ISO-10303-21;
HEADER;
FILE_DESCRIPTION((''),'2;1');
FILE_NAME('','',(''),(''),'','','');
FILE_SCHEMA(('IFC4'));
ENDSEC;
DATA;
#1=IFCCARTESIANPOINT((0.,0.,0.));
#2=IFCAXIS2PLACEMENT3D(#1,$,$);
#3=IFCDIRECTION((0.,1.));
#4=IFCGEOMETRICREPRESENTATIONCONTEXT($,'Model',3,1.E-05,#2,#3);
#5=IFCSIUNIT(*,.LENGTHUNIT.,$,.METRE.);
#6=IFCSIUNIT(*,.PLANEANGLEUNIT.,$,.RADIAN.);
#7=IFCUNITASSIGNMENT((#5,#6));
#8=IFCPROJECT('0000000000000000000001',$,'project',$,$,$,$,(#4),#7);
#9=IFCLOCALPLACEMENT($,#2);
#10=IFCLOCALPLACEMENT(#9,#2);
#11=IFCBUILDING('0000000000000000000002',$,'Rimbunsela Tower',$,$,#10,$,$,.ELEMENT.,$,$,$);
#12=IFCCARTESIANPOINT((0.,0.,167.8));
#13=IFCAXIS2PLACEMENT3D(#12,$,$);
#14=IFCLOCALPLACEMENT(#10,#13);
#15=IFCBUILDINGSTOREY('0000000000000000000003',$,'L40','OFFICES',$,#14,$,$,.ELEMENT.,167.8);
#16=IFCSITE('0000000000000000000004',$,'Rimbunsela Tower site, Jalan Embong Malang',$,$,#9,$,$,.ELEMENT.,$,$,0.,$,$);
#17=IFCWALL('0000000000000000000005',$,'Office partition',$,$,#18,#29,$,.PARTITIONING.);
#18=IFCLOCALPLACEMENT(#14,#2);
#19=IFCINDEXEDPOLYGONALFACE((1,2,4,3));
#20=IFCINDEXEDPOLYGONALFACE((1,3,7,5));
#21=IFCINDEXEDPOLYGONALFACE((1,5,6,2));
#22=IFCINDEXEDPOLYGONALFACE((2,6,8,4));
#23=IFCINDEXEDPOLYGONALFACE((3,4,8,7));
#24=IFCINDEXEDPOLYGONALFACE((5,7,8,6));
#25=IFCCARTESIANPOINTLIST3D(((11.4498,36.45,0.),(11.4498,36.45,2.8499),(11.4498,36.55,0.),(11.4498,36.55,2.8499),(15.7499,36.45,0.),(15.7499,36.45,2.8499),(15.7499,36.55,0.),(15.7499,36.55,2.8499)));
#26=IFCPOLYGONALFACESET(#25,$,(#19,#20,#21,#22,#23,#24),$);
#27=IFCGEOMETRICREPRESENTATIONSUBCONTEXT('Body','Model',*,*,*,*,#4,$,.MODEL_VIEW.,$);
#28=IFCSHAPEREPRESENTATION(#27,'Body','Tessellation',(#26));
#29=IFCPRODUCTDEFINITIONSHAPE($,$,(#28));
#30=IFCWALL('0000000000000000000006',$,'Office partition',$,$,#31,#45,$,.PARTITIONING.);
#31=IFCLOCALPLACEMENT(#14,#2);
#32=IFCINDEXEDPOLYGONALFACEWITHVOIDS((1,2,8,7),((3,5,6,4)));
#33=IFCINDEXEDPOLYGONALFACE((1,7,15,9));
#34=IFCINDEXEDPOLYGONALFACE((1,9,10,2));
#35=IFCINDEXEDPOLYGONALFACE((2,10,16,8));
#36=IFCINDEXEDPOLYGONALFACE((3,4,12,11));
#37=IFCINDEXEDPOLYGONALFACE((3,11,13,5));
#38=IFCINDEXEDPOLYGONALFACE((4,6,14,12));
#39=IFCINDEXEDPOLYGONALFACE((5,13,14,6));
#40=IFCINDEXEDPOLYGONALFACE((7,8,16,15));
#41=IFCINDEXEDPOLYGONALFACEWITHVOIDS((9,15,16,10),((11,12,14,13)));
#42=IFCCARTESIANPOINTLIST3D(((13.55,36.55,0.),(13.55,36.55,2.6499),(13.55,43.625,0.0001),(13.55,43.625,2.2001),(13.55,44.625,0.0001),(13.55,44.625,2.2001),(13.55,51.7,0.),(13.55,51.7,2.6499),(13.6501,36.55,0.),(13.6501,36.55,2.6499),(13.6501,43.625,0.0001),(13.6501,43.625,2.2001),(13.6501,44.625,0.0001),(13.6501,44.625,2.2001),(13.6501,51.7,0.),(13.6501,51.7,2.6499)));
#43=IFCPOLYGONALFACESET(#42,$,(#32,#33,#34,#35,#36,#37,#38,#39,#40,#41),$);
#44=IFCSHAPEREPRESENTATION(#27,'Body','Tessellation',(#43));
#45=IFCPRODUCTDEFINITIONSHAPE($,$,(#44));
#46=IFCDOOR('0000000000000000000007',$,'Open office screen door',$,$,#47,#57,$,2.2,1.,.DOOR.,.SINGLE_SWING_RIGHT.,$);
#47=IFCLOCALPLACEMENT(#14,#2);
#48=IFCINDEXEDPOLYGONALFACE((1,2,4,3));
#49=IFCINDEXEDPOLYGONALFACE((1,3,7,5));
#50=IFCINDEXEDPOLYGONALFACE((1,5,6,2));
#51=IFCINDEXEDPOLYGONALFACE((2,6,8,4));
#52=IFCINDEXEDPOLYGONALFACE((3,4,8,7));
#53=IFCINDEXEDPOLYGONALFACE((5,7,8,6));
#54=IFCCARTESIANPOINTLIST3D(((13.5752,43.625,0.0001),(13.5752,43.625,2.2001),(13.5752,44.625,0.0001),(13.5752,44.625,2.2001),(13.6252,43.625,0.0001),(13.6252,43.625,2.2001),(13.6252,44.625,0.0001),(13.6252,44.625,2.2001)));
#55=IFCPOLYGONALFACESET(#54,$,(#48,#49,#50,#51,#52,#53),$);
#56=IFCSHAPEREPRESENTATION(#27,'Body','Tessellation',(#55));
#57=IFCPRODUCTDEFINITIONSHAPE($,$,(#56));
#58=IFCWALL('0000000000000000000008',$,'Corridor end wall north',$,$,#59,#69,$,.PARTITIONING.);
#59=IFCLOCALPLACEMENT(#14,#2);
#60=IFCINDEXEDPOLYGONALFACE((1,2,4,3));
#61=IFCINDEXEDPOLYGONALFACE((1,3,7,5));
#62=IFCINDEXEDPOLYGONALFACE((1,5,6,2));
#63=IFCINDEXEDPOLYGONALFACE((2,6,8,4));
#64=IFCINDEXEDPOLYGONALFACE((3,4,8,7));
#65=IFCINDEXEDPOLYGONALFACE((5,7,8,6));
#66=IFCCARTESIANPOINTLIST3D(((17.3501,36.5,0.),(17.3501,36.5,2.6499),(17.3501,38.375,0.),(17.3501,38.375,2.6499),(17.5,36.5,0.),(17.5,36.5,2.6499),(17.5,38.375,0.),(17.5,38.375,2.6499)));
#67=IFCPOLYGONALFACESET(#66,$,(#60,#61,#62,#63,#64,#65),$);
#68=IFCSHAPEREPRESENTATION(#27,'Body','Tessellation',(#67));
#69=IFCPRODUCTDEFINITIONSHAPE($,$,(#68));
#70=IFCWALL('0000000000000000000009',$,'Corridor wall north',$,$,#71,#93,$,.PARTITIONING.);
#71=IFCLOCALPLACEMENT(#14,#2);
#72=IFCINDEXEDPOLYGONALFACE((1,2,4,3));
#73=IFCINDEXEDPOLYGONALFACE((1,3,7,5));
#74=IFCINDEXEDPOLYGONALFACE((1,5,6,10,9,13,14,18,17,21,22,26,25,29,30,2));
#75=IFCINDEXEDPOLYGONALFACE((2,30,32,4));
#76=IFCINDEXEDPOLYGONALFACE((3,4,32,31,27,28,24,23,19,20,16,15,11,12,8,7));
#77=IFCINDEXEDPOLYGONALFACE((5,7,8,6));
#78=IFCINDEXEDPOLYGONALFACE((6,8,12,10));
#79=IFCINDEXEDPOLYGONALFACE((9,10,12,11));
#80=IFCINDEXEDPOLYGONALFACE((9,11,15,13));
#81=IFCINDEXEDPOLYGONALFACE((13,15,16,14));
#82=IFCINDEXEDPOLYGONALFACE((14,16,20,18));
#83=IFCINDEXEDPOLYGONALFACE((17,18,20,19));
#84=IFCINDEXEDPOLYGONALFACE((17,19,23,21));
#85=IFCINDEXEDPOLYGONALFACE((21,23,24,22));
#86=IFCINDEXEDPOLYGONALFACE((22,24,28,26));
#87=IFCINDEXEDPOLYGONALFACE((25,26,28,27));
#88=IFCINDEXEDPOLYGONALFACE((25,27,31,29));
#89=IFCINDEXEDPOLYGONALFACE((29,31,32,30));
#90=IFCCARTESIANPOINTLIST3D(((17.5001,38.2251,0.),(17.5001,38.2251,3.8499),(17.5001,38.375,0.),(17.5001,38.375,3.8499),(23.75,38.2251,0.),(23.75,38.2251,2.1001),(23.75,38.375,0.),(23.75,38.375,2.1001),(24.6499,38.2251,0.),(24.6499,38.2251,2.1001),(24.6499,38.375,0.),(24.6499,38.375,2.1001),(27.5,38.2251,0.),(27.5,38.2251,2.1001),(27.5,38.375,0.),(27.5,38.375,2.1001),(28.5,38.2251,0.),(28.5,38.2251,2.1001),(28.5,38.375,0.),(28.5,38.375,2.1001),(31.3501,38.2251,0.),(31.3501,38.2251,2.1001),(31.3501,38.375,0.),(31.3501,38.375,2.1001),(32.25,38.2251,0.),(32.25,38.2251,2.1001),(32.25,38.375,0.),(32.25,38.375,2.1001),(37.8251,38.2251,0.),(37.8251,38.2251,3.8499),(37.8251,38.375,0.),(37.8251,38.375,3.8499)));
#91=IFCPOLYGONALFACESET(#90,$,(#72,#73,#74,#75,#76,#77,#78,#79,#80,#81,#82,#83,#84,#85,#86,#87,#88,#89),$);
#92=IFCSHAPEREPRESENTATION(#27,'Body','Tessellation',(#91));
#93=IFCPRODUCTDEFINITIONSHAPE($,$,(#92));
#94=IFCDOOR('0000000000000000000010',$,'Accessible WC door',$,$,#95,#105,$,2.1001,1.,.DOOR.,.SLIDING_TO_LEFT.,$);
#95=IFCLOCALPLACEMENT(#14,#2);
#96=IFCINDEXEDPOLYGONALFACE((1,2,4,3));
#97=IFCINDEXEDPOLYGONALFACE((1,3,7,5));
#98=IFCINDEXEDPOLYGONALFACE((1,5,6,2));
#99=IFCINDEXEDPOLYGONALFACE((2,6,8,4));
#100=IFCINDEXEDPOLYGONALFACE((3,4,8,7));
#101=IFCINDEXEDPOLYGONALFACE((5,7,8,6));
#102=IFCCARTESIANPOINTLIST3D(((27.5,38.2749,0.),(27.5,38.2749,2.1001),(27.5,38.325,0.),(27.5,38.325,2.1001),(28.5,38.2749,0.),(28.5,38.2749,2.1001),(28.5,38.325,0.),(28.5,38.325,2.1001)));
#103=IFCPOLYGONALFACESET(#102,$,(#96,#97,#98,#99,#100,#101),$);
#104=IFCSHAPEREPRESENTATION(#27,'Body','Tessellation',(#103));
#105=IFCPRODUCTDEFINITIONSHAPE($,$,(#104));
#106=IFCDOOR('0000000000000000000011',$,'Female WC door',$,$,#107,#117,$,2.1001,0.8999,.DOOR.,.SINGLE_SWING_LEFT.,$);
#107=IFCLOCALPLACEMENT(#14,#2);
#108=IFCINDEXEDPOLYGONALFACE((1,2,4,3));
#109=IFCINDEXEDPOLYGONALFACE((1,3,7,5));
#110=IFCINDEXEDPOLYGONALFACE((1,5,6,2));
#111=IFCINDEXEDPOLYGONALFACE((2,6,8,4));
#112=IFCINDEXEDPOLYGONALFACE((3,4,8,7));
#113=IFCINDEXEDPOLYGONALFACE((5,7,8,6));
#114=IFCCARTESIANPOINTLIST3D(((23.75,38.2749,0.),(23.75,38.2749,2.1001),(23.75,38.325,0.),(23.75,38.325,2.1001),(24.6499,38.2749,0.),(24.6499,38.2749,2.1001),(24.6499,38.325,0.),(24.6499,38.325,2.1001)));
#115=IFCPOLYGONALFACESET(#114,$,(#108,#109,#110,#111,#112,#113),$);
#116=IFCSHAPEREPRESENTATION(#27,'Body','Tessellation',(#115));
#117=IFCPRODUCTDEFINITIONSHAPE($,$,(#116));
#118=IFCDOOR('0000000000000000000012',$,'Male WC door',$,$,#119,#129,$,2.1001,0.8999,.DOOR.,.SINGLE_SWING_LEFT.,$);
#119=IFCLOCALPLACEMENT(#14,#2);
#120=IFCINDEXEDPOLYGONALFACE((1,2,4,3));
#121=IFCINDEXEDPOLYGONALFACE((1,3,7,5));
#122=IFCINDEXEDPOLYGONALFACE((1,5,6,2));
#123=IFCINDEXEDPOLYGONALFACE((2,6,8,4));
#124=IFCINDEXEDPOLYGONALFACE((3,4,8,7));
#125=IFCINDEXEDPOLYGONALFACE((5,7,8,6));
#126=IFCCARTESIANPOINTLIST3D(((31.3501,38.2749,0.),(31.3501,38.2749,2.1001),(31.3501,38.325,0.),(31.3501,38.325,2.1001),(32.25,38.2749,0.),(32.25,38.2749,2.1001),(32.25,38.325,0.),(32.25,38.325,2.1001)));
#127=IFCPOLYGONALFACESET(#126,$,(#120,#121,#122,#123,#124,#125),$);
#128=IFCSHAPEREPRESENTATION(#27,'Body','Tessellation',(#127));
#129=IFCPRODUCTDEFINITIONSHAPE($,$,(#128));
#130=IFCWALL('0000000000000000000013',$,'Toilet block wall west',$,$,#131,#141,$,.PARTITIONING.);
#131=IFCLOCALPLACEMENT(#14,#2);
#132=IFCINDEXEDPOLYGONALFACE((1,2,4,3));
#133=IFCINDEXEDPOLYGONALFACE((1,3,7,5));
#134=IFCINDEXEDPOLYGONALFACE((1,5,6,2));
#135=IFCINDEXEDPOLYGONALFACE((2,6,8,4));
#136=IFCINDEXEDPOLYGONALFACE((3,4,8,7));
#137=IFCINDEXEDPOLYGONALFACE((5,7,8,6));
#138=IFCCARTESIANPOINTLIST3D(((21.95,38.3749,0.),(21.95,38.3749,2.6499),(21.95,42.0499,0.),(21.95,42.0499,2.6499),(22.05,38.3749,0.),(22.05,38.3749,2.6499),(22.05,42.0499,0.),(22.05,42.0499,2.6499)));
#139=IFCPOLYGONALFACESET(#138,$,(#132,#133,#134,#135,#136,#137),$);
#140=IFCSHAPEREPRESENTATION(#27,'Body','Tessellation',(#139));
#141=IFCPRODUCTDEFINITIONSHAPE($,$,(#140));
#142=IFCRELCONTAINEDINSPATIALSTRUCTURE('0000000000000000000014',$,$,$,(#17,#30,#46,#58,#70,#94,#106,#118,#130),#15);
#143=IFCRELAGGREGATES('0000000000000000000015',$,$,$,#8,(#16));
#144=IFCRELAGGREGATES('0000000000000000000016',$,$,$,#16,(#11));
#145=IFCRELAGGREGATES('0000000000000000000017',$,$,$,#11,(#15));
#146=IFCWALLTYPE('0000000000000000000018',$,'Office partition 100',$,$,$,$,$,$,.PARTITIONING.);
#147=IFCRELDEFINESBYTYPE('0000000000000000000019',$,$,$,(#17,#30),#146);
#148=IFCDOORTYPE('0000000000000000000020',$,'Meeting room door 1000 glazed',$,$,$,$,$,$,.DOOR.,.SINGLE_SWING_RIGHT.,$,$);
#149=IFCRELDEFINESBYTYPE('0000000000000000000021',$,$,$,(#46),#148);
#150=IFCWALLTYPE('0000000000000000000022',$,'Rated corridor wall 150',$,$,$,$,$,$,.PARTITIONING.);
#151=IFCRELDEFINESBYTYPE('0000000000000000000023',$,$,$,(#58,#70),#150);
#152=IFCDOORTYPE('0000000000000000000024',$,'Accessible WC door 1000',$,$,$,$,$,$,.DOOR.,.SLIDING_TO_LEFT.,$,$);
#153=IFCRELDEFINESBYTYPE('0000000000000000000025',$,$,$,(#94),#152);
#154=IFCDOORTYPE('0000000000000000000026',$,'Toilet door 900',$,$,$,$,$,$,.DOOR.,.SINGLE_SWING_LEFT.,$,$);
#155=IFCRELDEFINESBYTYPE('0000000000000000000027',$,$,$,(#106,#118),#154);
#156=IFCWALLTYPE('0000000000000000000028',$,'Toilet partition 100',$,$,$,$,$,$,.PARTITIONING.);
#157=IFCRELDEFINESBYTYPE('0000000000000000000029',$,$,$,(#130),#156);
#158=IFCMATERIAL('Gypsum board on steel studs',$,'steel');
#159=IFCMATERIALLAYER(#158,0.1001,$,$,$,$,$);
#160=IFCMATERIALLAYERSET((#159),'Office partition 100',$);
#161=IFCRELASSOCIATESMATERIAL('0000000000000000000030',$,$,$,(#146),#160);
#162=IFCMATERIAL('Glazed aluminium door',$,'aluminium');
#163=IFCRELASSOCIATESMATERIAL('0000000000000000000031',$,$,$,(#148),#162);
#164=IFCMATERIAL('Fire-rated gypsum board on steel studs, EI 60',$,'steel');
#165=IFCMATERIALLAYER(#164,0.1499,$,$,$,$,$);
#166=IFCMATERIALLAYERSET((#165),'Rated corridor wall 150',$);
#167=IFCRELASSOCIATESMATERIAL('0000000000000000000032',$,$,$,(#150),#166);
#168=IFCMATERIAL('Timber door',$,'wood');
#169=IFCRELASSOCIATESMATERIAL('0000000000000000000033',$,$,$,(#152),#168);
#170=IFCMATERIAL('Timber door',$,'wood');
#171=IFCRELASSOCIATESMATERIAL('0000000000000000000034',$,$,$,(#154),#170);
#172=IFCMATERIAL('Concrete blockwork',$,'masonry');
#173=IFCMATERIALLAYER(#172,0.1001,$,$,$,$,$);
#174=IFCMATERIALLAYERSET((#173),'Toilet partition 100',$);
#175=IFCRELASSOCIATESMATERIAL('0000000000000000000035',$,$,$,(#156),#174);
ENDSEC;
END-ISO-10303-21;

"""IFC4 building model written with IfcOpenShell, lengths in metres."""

from ifc_helpers import new_model, si_unit, direction, frame, frame_2d, origin, place, context, subcontext, project, spatial, rectangle, extrude, material, layer, layer_set, type_object, element, fill, save


model = new_model("IFC4")

# Units and contexts
model_context = context("Model", 3, precision=1e-05, world=origin(), true_north=direction((0.0, 1.0)))
body_context = subcontext(model_context, "Body", "Model", "MODEL_VIEW")
ifc_project = project(units=[si_unit("LENGTHUNIT", "METRE"), si_unit("PLANEANGLEUNIT", "RADIAN")], contexts=[model_context])

# Site, building, storey
site_placement = place(None, origin())
site = spatial("IfcSite", under=ifc_project, at=site_placement, Name="Rimbunsela Tower site, Jalan Embong Malang", CompositionType="ELEMENT", RefElevation=0.0)
building_placement = place(site_placement, origin())
building = spatial("IfcBuilding", under=site, at=building_placement, Name="Rimbunsela Tower", CompositionType="ELEMENT")
storey_placement = place(building_placement, frame((0.0, 0.0, 167.8)))
storey = spatial("IfcBuildingStorey", under=building, at=storey_placement, Name="L40", Description="OFFICES", CompositionType="ELEMENT", Elevation=167.8)

# Wall
ifc_material_1 = material(Name="Gypsum board on steel studs", Category="steel")
ifc_layer_1 = layer(ifc_material_1, 0.1001)
ifc_layer_set_1 = layer_set([ifc_layer_1], Name="Office partition 100")
wall_type_1 = type_object("IfcWallType", Name="Office partition 100", PredefinedType="PARTITIONING", material=ifc_layer_set_1)
wall_1_placement = place(storey_placement, frame((11.45, 36.5, 0.0), z_axis=(0.0, 0.0, 1.0), x_axis=(1.0, 0.0, 0.0)))
element("IfcWall", 1, at=wall_1_placement, inside=storey, type_object=wall_type_1, Name="Office partition", PredefinedType="PARTITIONING", context=body_context, shape_type="SweptSolid", body=[
    extrude(rectangle(XDim=4.3, YDim=0.1001, at=frame_2d((2.1499, 0.0))), origin(), (0.0, 0.0, 1.0), 2.8499),
])

# Wall, opening, door
wall_2_placement = place(storey_placement, frame((13.6001, 36.55, 0.0), z_axis=(0.0, 0.0, 1.0), x_axis=(0.0, 1.0, 0.0)))
wall_2 = element("IfcWall", 2, at=wall_2_placement, inside=storey, type_object=wall_type_1, Name="Office partition", PredefinedType="PARTITIONING", context=body_context, shape_type="SweptSolid", body=[
    extrude(rectangle(XDim=15.1499, YDim=0.1001, at=frame_2d((7.575, 0.0))), origin(), (0.0, 0.0, 1.0), 2.6499),
])
opening_1_placement = place(wall_2_placement, frame((7.075, 0.0, 0.0)))
opening_1 = element("IfcOpeningElement", 3, at=opening_1_placement, cuts=wall_2, PredefinedType="OPENING", context=body_context, shape_type="SweptSolid", body=[
    extrude(rectangle(XDim=1.0, YDim=2.2, at=frame_2d((0.5, 1.1001))), frame((0.0, 0.0601, 0.0), z_axis=(0.0, -1.0, 0.0), x_axis=(1.0, 0.0, 0.0)), (0.0, 0.0, 1.0), 0.1201),
])
ifc_material_2 = material(Name="Glazed aluminium door", Category="aluminium")
door_type_1 = type_object("IfcDoorType", Name="Meeting room door 1000 glazed", OperationType="SINGLE_SWING_RIGHT", PredefinedType="DOOR", material=ifc_material_2)
door_1_placement = place(opening_1_placement, origin())
door_1 = element("IfcDoor", 4, at=door_1_placement, inside=storey, type_object=door_type_1, Name="Open office screen door", OperationType="SINGLE_SWING_RIGHT", OverallHeight=2.2, OverallWidth=1.0, PredefinedType="DOOR", context=body_context, shape_type="SweptSolid", body=[
    extrude(rectangle(XDim=1.0, YDim=2.2, at=frame_2d((0.5, 1.1001))), frame((0.0, 0.0249, 0.0), z_axis=(0.0, -1.0, 0.0), x_axis=(1.0, 0.0, 0.0)), (0.0, 0.0, 1.0), 0.05),
])
fill(opening_1, door_1)

# Wall
ifc_material_3 = material(Name="Fire-rated gypsum board on steel studs, EI 60", Category="steel")
ifc_layer_2 = layer(ifc_material_3, 0.1499)
ifc_layer_set_2 = layer_set([ifc_layer_2], Name="Rated corridor wall 150")
wall_type_2 = type_object("IfcWallType", Name="Rated corridor wall 150", PredefinedType="PARTITIONING", material=ifc_layer_set_2)
wall_3_placement = place(storey_placement, frame((17.425, 36.5, 0.0), z_axis=(0.0, 0.0, 1.0), x_axis=(0.0, 1.0, 0.0)))
element("IfcWall", 5, at=wall_3_placement, inside=storey, type_object=wall_type_2, Name="Corridor end wall north", PredefinedType="PARTITIONING", context=body_context, shape_type="SweptSolid", body=[
    extrude(rectangle(XDim=1.875, YDim=0.1499, at=frame_2d((0.9375, 0.0))), origin(), (0.0, 0.0, 1.0), 2.6499),
])

# Wall, openings, doors
wall_4_placement = place(storey_placement, frame((17.5, 38.3, 0.0), z_axis=(0.0, 0.0, 1.0), x_axis=(1.0, 0.0, 0.0)))
wall_4 = element("IfcWall", 6, at=wall_4_placement, inside=storey, type_object=wall_type_2, Name="Corridor wall north", PredefinedType="PARTITIONING", context=body_context, shape_type="SweptSolid", body=[
    extrude(rectangle(XDim=20.325, YDim=0.1499, at=frame_2d((10.1626, 0.0))), origin(), (0.0, 0.0, 1.0), 3.8499),
])
opening_2_placement = place(wall_4_placement, frame((6.25, 0.0, 0.0)))
opening_2 = element("IfcOpeningElement", 7, at=opening_2_placement, cuts=wall_4, PredefinedType="OPENING", context=body_context, shape_type="SweptSolid", body=[
    extrude(rectangle(XDim=0.8999, YDim=2.1001, at=frame_2d((0.45, 1.05))), frame((0.0, 0.085, 0.0), z_axis=(0.0, -1.0, 0.0), x_axis=(1.0, 0.0, 0.0)), (0.0, 0.0, 1.0), 0.1699),
])
opening_3_placement = place(wall_4_placement, frame((10.0, 0.0, 0.0)))
opening_3 = element("IfcOpeningElement", 8, at=opening_3_placement, cuts=wall_4, PredefinedType="OPENING", context=body_context, shape_type="SweptSolid", body=[
    extrude(rectangle(XDim=1.0, YDim=2.1001, at=frame_2d((0.5, 1.05))), frame((0.0, 0.085, 0.0), z_axis=(0.0, -1.0, 0.0), x_axis=(1.0, 0.0, 0.0)), (0.0, 0.0, 1.0), 0.1699),
])
opening_4_placement = place(wall_4_placement, frame((13.8501, 0.0, 0.0)))
opening_4 = element("IfcOpeningElement", 9, at=opening_4_placement, cuts=wall_4, PredefinedType="OPENING", context=body_context, shape_type="SweptSolid", body=[
    extrude(rectangle(XDim=0.8999, YDim=2.1001, at=frame_2d((0.45, 1.05))), frame((0.0, 0.085, 0.0), z_axis=(0.0, -1.0, 0.0), x_axis=(1.0, 0.0, 0.0)), (0.0, 0.0, 1.0), 0.1699),
])
ifc_material_4 = material(Name="Timber door", Category="wood")
door_type_2 = type_object("IfcDoorType", Name="Accessible WC door 1000", OperationType="SLIDING_TO_LEFT", PredefinedType="DOOR", material=ifc_material_4)
door_2_placement = place(opening_3_placement, origin())
door_2 = element("IfcDoor", 10, at=door_2_placement, inside=storey, type_object=door_type_2, Name="Accessible WC door", OperationType="SLIDING_TO_LEFT", OverallHeight=2.1001, OverallWidth=1.0, PredefinedType="DOOR", context=body_context, shape_type="SweptSolid", body=[
    extrude(rectangle(XDim=1.0, YDim=2.1001, at=frame_2d((0.5, 1.05))), frame((0.0, 0.0249, 0.0), z_axis=(0.0, -1.0, 0.0), x_axis=(1.0, 0.0, 0.0)), (0.0, 0.0, 1.0), 0.05),
])
fill(opening_3, door_2)
ifc_material_5 = material(Name="Timber door", Category="wood")
door_type_3 = type_object("IfcDoorType", Name="Toilet door 900", OperationType="SINGLE_SWING_LEFT", PredefinedType="DOOR", material=ifc_material_5)
door_3_placement = place(opening_2_placement, origin())
door_3 = element("IfcDoor", 11, at=door_3_placement, inside=storey, type_object=door_type_3, Name="Female WC door", OperationType="SINGLE_SWING_LEFT", OverallHeight=2.1001, OverallWidth=0.8999, PredefinedType="DOOR", context=body_context, shape_type="SweptSolid", body=[
    extrude(rectangle(XDim=0.8999, YDim=2.1001, at=frame_2d((0.45, 1.05))), frame((0.0, 0.0249, 0.0), z_axis=(0.0, -1.0, 0.0), x_axis=(1.0, 0.0, 0.0)), (0.0, 0.0, 1.0), 0.05),
])
fill(opening_2, door_3)
door_4_placement = place(opening_4_placement, origin())
door_4 = element("IfcDoor", 12, at=door_4_placement, inside=storey, type_object=door_type_3, Name="Male WC door", OperationType="SINGLE_SWING_LEFT", OverallHeight=2.1001, OverallWidth=0.8999, PredefinedType="DOOR", context=body_context, shape_type="SweptSolid", body=[
    extrude(rectangle(XDim=0.8999, YDim=2.1001, at=frame_2d((0.45, 1.05))), frame((0.0, 0.0249, 0.0), z_axis=(0.0, -1.0, 0.0), x_axis=(1.0, 0.0, 0.0)), (0.0, 0.0, 1.0), 0.05),
])
fill(opening_4, door_4)

# Wall
ifc_material_6 = material(Name="Concrete blockwork", Category="masonry")
ifc_layer_3 = layer(ifc_material_6, 0.1001)
ifc_layer_set_3 = layer_set([ifc_layer_3], Name="Toilet partition 100")
wall_type_3 = type_object("IfcWallType", Name="Toilet partition 100", PredefinedType="PARTITIONING", material=ifc_layer_set_3)
wall_5_placement = place(storey_placement, frame((22.0, 38.375, 0.0), z_axis=(0.0, 0.0, 1.0), x_axis=(0.0, 1.0, 0.0)))
element("IfcWall", 13, at=wall_5_placement, inside=storey, type_object=wall_type_3, Name="Toilet block wall west", PredefinedType="PARTITIONING", context=body_context, shape_type="SweptSolid", body=[
    extrude(rectangle(XDim=3.675, YDim=0.1001, at=frame_2d((1.8374, 0.0))), origin(), (0.0, 0.0, 1.0), 2.6499),
])

save(model, "model.ifc")
